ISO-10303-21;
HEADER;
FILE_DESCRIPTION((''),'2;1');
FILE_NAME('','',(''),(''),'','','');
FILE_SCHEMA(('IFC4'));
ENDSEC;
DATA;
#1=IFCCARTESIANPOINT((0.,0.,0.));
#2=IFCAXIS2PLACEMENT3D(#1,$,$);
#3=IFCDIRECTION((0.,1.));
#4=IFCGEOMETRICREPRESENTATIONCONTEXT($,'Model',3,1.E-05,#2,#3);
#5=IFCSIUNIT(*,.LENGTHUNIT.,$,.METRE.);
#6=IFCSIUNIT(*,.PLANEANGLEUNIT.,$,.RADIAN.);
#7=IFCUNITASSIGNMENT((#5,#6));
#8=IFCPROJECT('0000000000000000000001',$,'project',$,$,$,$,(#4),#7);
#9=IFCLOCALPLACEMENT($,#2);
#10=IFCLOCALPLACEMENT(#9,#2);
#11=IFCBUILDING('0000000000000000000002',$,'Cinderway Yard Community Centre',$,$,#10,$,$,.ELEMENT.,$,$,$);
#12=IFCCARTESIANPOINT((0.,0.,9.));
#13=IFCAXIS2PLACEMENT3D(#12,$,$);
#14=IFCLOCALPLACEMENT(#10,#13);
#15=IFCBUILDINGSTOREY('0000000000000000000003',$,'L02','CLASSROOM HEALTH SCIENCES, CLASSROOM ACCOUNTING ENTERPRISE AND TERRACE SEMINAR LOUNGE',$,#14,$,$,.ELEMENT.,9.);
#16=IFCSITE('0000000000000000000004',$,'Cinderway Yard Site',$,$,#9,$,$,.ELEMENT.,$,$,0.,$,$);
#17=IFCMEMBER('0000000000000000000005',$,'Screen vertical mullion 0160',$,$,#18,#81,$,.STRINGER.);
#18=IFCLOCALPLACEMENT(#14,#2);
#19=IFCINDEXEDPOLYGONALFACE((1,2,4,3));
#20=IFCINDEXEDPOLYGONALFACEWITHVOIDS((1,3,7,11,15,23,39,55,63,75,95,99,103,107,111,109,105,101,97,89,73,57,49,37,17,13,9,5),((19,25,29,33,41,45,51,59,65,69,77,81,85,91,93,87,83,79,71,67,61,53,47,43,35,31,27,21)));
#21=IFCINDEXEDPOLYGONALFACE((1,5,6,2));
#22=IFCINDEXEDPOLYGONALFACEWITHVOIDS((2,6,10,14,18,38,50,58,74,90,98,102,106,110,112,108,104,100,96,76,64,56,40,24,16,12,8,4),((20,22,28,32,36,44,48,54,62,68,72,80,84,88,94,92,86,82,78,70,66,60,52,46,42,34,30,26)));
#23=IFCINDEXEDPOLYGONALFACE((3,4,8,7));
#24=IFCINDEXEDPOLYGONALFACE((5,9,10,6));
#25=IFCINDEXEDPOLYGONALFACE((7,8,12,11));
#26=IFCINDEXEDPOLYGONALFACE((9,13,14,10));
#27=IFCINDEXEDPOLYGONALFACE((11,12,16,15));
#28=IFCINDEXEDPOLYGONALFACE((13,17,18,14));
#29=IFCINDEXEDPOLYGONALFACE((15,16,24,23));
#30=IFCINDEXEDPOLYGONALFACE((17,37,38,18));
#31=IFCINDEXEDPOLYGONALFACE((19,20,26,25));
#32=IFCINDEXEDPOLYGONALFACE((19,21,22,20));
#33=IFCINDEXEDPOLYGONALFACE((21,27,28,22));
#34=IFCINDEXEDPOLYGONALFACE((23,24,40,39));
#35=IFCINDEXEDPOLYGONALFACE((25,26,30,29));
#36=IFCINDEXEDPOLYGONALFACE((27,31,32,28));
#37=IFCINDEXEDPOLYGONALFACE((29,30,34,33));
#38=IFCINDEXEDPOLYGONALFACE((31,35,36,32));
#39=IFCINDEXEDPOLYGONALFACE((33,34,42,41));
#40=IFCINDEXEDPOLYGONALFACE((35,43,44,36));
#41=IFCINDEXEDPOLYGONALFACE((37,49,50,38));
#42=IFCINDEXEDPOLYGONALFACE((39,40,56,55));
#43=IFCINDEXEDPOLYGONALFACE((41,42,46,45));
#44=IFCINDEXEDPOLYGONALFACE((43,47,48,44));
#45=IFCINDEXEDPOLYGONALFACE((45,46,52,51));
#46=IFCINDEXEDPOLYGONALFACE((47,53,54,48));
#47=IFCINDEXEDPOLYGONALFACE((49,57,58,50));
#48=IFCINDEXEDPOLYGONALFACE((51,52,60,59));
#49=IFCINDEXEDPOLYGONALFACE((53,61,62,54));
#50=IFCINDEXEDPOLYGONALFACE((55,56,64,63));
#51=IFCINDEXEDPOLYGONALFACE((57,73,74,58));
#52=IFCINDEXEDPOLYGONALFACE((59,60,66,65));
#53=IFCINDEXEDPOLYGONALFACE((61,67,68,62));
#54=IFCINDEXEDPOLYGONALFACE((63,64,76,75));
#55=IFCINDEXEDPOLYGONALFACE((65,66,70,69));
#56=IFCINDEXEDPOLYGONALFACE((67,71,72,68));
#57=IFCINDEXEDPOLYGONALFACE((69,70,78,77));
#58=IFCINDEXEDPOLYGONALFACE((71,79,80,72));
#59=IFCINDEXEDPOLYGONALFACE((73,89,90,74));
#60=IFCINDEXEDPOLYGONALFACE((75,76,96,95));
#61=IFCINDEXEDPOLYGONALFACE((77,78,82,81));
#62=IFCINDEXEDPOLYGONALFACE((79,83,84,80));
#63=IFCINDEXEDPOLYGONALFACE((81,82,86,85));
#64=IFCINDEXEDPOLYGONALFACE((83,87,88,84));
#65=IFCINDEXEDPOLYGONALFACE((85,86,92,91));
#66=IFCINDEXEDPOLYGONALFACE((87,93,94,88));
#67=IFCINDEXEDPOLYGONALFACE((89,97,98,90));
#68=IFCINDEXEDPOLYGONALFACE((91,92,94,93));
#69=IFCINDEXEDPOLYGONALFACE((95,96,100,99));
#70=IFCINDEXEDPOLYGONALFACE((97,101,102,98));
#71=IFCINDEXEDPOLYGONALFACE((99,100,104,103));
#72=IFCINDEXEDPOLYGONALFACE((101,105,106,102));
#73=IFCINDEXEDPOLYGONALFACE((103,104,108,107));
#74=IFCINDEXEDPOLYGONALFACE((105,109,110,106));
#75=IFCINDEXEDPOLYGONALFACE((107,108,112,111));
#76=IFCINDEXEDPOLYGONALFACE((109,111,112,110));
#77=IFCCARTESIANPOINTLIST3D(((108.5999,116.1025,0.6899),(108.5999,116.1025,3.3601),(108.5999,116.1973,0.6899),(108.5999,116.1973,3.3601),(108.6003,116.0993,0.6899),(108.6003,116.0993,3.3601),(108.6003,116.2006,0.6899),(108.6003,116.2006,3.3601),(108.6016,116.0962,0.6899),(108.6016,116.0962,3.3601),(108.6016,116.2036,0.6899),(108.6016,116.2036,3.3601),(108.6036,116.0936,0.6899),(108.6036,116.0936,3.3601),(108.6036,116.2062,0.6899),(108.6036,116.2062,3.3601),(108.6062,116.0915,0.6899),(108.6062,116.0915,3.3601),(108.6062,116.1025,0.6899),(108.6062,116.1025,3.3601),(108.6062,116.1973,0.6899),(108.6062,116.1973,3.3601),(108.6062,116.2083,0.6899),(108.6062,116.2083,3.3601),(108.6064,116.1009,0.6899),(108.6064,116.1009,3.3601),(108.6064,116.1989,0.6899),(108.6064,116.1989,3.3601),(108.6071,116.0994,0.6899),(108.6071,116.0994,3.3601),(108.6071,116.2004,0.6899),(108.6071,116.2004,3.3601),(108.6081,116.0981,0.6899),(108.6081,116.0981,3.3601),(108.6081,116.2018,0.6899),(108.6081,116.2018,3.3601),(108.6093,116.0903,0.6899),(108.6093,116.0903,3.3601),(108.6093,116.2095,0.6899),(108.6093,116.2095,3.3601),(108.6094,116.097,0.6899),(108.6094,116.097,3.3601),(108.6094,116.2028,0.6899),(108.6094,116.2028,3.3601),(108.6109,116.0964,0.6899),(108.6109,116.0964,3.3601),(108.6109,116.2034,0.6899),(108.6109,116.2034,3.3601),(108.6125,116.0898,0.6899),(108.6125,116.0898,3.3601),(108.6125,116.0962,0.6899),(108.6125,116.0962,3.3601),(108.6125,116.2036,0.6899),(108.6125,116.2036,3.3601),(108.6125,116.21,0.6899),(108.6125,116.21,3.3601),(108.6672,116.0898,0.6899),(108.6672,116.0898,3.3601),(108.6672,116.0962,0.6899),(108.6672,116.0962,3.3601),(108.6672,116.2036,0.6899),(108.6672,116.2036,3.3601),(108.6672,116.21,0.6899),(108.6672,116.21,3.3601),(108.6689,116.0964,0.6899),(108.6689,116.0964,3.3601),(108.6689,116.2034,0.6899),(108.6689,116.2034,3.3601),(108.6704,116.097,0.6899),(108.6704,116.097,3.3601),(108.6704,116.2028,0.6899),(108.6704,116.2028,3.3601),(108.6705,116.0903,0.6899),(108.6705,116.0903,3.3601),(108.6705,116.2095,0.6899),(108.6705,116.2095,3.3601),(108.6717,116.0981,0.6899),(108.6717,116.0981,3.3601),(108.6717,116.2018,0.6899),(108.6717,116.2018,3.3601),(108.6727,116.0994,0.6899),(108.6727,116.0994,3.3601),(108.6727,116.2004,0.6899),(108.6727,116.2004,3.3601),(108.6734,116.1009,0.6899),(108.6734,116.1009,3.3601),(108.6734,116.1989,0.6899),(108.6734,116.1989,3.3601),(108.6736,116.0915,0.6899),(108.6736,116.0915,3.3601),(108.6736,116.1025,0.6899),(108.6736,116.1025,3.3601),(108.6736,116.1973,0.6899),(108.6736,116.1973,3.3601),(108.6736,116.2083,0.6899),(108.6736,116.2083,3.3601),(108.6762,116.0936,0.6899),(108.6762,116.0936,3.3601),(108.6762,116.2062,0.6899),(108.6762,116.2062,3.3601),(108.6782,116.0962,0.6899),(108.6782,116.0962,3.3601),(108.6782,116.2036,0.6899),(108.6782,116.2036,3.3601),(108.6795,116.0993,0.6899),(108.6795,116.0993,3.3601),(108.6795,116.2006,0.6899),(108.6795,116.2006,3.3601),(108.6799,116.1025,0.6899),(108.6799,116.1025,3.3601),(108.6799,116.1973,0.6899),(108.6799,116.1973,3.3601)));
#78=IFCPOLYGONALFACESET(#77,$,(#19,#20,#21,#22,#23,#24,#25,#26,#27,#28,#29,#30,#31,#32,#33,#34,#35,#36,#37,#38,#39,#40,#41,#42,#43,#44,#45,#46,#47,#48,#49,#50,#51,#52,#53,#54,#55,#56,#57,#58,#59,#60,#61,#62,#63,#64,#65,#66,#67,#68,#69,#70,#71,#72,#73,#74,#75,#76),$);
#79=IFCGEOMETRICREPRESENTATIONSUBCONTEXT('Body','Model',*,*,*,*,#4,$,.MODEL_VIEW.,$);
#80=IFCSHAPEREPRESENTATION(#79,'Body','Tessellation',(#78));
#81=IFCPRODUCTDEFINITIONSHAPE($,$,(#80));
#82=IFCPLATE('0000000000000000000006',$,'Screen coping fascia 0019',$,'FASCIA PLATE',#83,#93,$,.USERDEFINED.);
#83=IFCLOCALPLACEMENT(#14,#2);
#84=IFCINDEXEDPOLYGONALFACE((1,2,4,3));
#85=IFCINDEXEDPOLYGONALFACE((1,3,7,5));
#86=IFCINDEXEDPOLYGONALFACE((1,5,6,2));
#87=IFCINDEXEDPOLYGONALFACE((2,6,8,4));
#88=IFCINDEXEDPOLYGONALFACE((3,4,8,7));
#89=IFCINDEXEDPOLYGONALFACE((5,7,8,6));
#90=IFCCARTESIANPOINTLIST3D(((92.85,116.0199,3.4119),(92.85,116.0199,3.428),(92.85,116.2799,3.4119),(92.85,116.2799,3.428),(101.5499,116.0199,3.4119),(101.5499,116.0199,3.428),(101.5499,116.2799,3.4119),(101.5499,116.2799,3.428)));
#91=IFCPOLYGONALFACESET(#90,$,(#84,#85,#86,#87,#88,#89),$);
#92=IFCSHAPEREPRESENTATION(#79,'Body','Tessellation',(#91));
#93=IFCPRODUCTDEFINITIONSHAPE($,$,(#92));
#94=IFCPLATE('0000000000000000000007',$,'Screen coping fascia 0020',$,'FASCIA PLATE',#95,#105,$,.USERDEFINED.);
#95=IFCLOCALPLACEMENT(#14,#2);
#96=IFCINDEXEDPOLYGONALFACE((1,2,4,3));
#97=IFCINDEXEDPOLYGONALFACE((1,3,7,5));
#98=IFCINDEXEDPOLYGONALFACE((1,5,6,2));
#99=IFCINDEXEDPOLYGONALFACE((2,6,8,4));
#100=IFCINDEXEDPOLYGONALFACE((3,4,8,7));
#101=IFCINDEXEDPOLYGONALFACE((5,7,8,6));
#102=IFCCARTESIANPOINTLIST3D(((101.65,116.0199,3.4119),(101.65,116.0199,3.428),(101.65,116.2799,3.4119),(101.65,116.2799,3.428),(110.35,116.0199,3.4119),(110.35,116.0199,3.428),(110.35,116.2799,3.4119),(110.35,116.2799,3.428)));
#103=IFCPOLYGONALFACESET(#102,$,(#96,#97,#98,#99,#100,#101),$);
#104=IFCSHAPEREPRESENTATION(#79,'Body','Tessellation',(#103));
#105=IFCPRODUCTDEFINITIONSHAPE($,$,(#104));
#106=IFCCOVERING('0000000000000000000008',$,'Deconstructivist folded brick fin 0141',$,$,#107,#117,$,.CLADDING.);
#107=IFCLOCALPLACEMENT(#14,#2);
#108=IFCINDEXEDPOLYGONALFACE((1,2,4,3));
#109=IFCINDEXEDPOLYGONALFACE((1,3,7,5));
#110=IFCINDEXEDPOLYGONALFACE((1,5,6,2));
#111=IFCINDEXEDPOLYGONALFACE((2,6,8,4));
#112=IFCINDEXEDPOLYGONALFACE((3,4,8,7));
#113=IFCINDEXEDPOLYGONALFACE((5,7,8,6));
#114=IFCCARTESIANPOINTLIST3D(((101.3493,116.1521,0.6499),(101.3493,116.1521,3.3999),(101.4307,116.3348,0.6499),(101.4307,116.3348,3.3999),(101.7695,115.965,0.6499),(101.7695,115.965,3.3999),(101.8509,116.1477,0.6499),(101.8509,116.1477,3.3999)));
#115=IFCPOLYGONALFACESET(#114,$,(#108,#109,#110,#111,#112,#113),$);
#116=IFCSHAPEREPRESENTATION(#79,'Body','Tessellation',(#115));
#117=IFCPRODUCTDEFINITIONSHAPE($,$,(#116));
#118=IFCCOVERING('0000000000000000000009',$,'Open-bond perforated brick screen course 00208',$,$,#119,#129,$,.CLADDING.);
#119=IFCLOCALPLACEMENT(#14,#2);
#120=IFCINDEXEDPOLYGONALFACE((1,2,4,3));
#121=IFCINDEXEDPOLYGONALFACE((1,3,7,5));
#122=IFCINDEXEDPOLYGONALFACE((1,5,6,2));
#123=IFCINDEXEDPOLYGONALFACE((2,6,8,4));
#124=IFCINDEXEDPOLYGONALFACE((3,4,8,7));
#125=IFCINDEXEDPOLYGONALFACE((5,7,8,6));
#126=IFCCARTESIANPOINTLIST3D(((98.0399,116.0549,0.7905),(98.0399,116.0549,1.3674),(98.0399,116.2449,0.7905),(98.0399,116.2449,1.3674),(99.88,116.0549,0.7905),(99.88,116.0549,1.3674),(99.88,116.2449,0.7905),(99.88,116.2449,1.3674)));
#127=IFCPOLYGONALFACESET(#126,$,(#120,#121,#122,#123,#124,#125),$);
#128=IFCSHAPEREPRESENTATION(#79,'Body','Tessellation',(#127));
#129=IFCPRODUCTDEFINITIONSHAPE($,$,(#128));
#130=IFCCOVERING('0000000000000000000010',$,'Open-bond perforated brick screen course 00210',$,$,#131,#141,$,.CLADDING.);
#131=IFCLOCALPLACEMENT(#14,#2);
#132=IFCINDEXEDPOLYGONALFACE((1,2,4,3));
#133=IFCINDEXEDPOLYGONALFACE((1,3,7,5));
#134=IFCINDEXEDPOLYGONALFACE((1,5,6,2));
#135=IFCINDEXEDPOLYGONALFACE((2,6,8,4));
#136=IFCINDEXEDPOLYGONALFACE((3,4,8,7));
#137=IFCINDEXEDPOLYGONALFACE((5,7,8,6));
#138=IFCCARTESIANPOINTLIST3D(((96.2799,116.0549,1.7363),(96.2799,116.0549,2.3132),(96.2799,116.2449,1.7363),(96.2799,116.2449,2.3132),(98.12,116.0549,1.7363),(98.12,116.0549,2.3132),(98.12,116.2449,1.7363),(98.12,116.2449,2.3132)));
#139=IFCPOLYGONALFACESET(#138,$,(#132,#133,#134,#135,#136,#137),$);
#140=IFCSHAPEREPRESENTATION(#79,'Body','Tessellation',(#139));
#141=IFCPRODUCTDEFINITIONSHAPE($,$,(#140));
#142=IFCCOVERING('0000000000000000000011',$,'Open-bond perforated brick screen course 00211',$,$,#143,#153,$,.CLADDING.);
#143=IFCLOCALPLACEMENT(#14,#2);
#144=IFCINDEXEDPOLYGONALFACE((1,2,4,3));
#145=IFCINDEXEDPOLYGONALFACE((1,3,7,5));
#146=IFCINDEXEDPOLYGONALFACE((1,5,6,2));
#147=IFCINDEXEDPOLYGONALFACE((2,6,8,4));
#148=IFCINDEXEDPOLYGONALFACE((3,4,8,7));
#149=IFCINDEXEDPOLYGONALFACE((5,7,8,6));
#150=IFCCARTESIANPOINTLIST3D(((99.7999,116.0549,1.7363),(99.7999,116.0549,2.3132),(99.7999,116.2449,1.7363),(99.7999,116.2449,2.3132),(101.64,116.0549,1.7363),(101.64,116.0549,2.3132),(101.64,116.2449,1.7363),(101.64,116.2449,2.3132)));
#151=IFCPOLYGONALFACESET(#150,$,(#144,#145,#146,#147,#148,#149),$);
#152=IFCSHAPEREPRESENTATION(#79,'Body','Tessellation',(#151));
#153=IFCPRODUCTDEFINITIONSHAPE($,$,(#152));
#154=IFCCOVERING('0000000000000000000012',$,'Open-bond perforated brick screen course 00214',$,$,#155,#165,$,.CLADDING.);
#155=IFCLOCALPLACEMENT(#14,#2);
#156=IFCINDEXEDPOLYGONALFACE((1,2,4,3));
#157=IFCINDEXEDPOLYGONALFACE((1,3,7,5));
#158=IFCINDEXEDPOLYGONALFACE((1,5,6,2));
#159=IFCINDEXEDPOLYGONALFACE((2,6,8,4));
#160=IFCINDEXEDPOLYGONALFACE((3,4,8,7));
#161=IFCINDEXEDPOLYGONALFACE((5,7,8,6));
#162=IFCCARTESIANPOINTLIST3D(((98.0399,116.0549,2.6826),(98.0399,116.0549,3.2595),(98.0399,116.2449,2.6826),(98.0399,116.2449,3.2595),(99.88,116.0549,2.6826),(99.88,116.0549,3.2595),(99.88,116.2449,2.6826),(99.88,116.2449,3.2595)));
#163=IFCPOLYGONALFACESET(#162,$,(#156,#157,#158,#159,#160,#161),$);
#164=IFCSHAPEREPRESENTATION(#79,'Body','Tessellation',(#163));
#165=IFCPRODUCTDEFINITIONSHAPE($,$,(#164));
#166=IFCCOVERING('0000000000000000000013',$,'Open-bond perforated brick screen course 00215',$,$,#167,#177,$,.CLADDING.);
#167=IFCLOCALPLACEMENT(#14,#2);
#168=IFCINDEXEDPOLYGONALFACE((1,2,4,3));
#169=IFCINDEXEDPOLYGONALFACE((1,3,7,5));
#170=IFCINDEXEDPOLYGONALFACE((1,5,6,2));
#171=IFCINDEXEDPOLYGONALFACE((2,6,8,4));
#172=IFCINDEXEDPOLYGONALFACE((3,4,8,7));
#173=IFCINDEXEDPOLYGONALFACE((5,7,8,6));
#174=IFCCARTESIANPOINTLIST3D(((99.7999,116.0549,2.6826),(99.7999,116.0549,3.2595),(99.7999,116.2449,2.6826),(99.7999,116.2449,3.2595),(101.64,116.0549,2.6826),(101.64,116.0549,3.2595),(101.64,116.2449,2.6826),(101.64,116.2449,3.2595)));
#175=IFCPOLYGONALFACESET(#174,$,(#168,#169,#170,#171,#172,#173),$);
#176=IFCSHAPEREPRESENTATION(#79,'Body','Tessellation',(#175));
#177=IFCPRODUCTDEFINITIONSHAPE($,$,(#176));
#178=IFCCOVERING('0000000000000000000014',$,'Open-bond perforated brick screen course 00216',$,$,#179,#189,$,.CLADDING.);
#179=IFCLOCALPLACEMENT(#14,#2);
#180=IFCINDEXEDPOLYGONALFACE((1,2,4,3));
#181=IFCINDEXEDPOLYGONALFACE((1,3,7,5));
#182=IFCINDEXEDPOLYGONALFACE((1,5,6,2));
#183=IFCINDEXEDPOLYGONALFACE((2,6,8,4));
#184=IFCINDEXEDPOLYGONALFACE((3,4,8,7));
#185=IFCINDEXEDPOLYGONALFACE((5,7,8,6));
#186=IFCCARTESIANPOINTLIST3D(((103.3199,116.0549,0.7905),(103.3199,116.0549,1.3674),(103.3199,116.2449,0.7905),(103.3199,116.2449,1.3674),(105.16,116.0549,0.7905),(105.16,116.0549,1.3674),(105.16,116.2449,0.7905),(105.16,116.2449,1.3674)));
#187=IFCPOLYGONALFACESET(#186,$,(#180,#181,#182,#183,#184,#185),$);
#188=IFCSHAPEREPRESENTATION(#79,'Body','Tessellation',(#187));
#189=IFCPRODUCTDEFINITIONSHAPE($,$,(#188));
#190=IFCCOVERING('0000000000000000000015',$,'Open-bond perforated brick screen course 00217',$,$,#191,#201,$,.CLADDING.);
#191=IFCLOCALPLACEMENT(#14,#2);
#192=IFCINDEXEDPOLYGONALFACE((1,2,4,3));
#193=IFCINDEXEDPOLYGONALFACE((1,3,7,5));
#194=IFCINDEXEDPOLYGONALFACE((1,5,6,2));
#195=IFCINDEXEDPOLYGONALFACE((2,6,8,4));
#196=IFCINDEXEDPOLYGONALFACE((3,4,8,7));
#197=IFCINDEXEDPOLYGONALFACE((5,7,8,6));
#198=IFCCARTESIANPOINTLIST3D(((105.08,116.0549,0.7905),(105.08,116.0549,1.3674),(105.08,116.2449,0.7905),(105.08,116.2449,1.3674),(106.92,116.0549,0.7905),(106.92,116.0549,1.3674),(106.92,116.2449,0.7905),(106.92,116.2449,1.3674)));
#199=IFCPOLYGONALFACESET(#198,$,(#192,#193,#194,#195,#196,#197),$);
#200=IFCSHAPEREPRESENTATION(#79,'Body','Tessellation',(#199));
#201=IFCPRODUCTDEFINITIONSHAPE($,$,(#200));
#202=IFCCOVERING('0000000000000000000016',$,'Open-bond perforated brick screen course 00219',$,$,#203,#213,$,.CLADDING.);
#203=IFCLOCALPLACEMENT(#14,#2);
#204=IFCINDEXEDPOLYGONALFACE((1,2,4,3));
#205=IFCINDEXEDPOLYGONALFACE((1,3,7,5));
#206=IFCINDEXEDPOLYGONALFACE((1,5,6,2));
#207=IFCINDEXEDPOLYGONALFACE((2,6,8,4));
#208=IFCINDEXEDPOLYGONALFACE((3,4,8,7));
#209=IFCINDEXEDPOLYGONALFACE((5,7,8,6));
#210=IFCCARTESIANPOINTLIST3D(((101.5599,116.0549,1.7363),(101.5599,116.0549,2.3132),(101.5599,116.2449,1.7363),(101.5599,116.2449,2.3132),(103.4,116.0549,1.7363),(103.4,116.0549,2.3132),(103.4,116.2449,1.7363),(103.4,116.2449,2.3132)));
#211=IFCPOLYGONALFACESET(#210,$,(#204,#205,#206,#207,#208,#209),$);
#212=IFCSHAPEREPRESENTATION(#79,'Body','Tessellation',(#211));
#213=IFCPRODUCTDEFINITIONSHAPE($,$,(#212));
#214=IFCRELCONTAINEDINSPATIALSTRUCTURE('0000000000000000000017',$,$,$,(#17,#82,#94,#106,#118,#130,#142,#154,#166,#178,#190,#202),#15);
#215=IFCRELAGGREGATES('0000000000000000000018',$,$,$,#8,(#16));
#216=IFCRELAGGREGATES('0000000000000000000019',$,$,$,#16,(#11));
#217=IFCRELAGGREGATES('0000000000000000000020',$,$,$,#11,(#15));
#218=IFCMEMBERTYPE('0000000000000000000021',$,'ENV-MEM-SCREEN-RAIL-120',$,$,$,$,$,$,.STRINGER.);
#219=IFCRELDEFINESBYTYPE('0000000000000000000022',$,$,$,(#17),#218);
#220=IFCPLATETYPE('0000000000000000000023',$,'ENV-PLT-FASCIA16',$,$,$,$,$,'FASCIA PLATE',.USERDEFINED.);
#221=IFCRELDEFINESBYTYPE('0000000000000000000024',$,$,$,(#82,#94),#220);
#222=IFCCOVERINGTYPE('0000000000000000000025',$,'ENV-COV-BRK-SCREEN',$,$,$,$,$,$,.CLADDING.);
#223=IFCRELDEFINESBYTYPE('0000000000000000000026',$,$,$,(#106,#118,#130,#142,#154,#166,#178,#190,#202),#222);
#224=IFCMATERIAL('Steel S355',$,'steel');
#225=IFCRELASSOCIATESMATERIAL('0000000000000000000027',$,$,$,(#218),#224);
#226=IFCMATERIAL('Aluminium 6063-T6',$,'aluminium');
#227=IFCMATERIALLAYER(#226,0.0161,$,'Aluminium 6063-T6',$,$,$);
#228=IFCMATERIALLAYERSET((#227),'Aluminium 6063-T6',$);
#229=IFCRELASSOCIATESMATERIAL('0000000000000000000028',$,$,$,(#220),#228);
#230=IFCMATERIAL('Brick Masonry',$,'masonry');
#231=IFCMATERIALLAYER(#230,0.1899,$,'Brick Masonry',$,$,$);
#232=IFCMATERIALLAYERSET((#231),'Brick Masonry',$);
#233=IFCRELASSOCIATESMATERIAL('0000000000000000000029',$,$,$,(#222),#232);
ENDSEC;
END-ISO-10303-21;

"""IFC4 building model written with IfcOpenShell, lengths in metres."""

from ifc_helpers import new_model, si_unit, direction, frame, origin, origin_2d, place, context, subcontext, project, spatial, rectangle, hollow_rectangle, extrude, material, layer, layer_set, material_profile, profile_set, type_object, element, save


model = new_model("IFC4")

# Units and contexts
model_context = context("Model", 3, precision=1e-05, world=origin(), true_north=direction((0.0, 1.0)))
body_context = subcontext(model_context, "Body", "Model", "MODEL_VIEW")
ifc_project = project(units=[si_unit("LENGTHUNIT", "METRE"), si_unit("PLANEANGLEUNIT", "RADIAN")], contexts=[model_context])

# Site, building, storey
site_placement = place(None, origin())
site = spatial("IfcSite", under=ifc_project, at=site_placement, Name="Cinderway Yard Site", CompositionType="ELEMENT", RefElevation=0.0)
building_placement = place(site_placement, origin())
building = spatial("IfcBuilding", under=site, at=building_placement, Name="Cinderway Yard Community Centre", CompositionType="ELEMENT")
storey_placement = place(building_placement, frame((0.0, 0.0, 9.0)))
storey = spatial("IfcBuildingStorey", under=building, at=storey_placement, Name="L02", Description="CLASSROOM HEALTH SCIENCES, CLASSROOM ACCOUNTING ENTERPRISE AND TERRACE SEMINAR LOUNGE", CompositionType="ELEMENT", Elevation=9.0)

# Member
ifc_material_1 = material(Name="Steel S355", Category="steel")
ifc_material_profile = material_profile(ifc_material_1, hollow_rectangle(XDim=0.0801, YDim=0.1201, WallThickness=0.0063, InnerFilletRadius=0.0063, OuterFilletRadius=0.0127, at=origin_2d()), Name="Steel S355")
ifc_profile_set = profile_set([ifc_material_profile], Name="Steel S355")
member_type = type_object("IfcMemberType", Name="ENV-MEM-SCREEN-RAIL-120", PredefinedType="STRINGER", material=ifc_profile_set)
for number, where, z_axis, x_axis, name in (
    (1, (108.6399, 116.1499, 0.6899), (0.0, 0.0, 1.0), (1.0, 0.0, 0.0), "Screen vertical mullion 0160"),
):
    element("IfcMember", number, at=place(storey_placement, frame(where, z_axis=z_axis, x_axis=x_axis)), inside=storey, type_object=member_type, Name=name, PredefinedType="STRINGER", context=body_context, shape_type="SweptSolid", body=[
        extrude(hollow_rectangle(XDim=0.0801, YDim=0.1201, WallThickness=0.0063, InnerFilletRadius=0.0063, OuterFilletRadius=0.0127, at=origin_2d()), origin(), (0.0, 0.0, 1.0), 2.6702),
    ])

# Plates
ifc_material_2 = material(Name="Aluminium 6063-T6", Category="aluminium")
ifc_layer_1 = layer(ifc_material_2, 0.0161, Name="Aluminium 6063-T6")
ifc_layer_set_1 = layer_set([ifc_layer_1], Name="Aluminium 6063-T6")
plate_type = type_object("IfcPlateType", Name="ENV-PLT-FASCIA16", ElementType="FASCIA PLATE", PredefinedType="USERDEFINED", material=ifc_layer_set_1)
for number, where, z_axis, x_axis, name in (
    (2, (97.2, 116.1499, 3.4119), (0.0, 0.0, 1.0), (1.0, 0.0, 0.0), "Screen coping fascia 0019"),
    (3, (106.0, 116.1499, 3.4119), (0.0, 0.0, 1.0), (1.0, 0.0, 0.0), "Screen coping fascia 0020"),
):
    element("IfcPlate", number, at=place(storey_placement, frame(where, z_axis=z_axis, x_axis=x_axis)), inside=storey, type_object=plate_type, Name=name, ObjectType="FASCIA PLATE", PredefinedType="USERDEFINED", context=body_context, shape_type="SweptSolid", body=[
        extrude(rectangle(XDim=8.7, YDim=0.26, at=origin_2d()), origin(), (0.0, 0.0, 1.0), 0.0161),
    ])

# Coverings
ifc_material_3 = material(Name="Brick Masonry", Category="masonry")
ifc_layer_2 = layer(ifc_material_3, 0.1899, Name="Brick Masonry")
ifc_layer_set_2 = layer_set([ifc_layer_2], Name="Brick Masonry")
covering_type = type_object("IfcCoveringType", Name="ENV-COV-BRK-SCREEN", PredefinedType="CLADDING", material=ifc_layer_set_2)
covering_placement = place(storey_placement, frame((101.6001, 116.1499, 0.6499), z_axis=(0.0, 0.0, 1.0), x_axis=(0.913545, -0.406737, 0.0)))
element("IfcCovering", 4, at=covering_placement, inside=storey, type_object=covering_type, Name="Deconstructivist folded brick fin 0141", PredefinedType="CLADDING", context=body_context, shape_type="SweptSolid", body=[
    extrude(rectangle(XDim=0.46, YDim=0.2, at=origin_2d()), origin(), (0.0, 0.0, 1.0), 2.75),
])
for number, where, z_axis, x_axis, name in (
    (5, (98.96, 116.1499, 0.7905), (0.0, 0.0, 1.0), (1.0, 0.0, 0.0), "Open-bond perforated brick screen course 00208"),
    (6, (97.2, 116.1499, 1.7363), (0.0, 0.0, 1.0), (1.0, 0.0, 0.0), "Open-bond perforated brick screen course 00210"),
    (7, (100.72, 116.1499, 1.7363), (0.0, 0.0, 1.0), (1.0, 0.0, 0.0), "Open-bond perforated brick screen course 00211"),
    (8, (98.96, 116.1499, 2.6826), (0.0, 0.0, 1.0), (1.0, 0.0, 0.0), "Open-bond perforated brick screen course 00214"),
    (9, (100.72, 116.1499, 2.6826), (0.0, 0.0, 1.0), (1.0, 0.0, 0.0), "Open-bond perforated brick screen course 00215"),
    (10, (104.24, 116.1499, 0.7905), (0.0, 0.0, 1.0), (1.0, 0.0, 0.0), "Open-bond perforated brick screen course 00216"),
    (11, (106.0, 116.1499, 0.7905), (0.0, 0.0, 1.0), (1.0, 0.0, 0.0), "Open-bond perforated brick screen course 00217"),
    (12, (102.48, 116.1499, 1.7363), (0.0, 0.0, 1.0), (1.0, 0.0, 0.0), "Open-bond perforated brick screen course 00219"),
):
    element("IfcCovering", number, at=place(storey_placement, frame(where, z_axis=z_axis, x_axis=x_axis)), inside=storey, type_object=covering_type, Name=name, PredefinedType="CLADDING", context=body_context, shape_type="SweptSolid", body=[
        extrude(rectangle(XDim=1.8401, YDim=0.1899, at=origin_2d()), origin(), (0.0, 0.0, 1.0), 0.5769),
    ])

save(model, "model.ifc")
